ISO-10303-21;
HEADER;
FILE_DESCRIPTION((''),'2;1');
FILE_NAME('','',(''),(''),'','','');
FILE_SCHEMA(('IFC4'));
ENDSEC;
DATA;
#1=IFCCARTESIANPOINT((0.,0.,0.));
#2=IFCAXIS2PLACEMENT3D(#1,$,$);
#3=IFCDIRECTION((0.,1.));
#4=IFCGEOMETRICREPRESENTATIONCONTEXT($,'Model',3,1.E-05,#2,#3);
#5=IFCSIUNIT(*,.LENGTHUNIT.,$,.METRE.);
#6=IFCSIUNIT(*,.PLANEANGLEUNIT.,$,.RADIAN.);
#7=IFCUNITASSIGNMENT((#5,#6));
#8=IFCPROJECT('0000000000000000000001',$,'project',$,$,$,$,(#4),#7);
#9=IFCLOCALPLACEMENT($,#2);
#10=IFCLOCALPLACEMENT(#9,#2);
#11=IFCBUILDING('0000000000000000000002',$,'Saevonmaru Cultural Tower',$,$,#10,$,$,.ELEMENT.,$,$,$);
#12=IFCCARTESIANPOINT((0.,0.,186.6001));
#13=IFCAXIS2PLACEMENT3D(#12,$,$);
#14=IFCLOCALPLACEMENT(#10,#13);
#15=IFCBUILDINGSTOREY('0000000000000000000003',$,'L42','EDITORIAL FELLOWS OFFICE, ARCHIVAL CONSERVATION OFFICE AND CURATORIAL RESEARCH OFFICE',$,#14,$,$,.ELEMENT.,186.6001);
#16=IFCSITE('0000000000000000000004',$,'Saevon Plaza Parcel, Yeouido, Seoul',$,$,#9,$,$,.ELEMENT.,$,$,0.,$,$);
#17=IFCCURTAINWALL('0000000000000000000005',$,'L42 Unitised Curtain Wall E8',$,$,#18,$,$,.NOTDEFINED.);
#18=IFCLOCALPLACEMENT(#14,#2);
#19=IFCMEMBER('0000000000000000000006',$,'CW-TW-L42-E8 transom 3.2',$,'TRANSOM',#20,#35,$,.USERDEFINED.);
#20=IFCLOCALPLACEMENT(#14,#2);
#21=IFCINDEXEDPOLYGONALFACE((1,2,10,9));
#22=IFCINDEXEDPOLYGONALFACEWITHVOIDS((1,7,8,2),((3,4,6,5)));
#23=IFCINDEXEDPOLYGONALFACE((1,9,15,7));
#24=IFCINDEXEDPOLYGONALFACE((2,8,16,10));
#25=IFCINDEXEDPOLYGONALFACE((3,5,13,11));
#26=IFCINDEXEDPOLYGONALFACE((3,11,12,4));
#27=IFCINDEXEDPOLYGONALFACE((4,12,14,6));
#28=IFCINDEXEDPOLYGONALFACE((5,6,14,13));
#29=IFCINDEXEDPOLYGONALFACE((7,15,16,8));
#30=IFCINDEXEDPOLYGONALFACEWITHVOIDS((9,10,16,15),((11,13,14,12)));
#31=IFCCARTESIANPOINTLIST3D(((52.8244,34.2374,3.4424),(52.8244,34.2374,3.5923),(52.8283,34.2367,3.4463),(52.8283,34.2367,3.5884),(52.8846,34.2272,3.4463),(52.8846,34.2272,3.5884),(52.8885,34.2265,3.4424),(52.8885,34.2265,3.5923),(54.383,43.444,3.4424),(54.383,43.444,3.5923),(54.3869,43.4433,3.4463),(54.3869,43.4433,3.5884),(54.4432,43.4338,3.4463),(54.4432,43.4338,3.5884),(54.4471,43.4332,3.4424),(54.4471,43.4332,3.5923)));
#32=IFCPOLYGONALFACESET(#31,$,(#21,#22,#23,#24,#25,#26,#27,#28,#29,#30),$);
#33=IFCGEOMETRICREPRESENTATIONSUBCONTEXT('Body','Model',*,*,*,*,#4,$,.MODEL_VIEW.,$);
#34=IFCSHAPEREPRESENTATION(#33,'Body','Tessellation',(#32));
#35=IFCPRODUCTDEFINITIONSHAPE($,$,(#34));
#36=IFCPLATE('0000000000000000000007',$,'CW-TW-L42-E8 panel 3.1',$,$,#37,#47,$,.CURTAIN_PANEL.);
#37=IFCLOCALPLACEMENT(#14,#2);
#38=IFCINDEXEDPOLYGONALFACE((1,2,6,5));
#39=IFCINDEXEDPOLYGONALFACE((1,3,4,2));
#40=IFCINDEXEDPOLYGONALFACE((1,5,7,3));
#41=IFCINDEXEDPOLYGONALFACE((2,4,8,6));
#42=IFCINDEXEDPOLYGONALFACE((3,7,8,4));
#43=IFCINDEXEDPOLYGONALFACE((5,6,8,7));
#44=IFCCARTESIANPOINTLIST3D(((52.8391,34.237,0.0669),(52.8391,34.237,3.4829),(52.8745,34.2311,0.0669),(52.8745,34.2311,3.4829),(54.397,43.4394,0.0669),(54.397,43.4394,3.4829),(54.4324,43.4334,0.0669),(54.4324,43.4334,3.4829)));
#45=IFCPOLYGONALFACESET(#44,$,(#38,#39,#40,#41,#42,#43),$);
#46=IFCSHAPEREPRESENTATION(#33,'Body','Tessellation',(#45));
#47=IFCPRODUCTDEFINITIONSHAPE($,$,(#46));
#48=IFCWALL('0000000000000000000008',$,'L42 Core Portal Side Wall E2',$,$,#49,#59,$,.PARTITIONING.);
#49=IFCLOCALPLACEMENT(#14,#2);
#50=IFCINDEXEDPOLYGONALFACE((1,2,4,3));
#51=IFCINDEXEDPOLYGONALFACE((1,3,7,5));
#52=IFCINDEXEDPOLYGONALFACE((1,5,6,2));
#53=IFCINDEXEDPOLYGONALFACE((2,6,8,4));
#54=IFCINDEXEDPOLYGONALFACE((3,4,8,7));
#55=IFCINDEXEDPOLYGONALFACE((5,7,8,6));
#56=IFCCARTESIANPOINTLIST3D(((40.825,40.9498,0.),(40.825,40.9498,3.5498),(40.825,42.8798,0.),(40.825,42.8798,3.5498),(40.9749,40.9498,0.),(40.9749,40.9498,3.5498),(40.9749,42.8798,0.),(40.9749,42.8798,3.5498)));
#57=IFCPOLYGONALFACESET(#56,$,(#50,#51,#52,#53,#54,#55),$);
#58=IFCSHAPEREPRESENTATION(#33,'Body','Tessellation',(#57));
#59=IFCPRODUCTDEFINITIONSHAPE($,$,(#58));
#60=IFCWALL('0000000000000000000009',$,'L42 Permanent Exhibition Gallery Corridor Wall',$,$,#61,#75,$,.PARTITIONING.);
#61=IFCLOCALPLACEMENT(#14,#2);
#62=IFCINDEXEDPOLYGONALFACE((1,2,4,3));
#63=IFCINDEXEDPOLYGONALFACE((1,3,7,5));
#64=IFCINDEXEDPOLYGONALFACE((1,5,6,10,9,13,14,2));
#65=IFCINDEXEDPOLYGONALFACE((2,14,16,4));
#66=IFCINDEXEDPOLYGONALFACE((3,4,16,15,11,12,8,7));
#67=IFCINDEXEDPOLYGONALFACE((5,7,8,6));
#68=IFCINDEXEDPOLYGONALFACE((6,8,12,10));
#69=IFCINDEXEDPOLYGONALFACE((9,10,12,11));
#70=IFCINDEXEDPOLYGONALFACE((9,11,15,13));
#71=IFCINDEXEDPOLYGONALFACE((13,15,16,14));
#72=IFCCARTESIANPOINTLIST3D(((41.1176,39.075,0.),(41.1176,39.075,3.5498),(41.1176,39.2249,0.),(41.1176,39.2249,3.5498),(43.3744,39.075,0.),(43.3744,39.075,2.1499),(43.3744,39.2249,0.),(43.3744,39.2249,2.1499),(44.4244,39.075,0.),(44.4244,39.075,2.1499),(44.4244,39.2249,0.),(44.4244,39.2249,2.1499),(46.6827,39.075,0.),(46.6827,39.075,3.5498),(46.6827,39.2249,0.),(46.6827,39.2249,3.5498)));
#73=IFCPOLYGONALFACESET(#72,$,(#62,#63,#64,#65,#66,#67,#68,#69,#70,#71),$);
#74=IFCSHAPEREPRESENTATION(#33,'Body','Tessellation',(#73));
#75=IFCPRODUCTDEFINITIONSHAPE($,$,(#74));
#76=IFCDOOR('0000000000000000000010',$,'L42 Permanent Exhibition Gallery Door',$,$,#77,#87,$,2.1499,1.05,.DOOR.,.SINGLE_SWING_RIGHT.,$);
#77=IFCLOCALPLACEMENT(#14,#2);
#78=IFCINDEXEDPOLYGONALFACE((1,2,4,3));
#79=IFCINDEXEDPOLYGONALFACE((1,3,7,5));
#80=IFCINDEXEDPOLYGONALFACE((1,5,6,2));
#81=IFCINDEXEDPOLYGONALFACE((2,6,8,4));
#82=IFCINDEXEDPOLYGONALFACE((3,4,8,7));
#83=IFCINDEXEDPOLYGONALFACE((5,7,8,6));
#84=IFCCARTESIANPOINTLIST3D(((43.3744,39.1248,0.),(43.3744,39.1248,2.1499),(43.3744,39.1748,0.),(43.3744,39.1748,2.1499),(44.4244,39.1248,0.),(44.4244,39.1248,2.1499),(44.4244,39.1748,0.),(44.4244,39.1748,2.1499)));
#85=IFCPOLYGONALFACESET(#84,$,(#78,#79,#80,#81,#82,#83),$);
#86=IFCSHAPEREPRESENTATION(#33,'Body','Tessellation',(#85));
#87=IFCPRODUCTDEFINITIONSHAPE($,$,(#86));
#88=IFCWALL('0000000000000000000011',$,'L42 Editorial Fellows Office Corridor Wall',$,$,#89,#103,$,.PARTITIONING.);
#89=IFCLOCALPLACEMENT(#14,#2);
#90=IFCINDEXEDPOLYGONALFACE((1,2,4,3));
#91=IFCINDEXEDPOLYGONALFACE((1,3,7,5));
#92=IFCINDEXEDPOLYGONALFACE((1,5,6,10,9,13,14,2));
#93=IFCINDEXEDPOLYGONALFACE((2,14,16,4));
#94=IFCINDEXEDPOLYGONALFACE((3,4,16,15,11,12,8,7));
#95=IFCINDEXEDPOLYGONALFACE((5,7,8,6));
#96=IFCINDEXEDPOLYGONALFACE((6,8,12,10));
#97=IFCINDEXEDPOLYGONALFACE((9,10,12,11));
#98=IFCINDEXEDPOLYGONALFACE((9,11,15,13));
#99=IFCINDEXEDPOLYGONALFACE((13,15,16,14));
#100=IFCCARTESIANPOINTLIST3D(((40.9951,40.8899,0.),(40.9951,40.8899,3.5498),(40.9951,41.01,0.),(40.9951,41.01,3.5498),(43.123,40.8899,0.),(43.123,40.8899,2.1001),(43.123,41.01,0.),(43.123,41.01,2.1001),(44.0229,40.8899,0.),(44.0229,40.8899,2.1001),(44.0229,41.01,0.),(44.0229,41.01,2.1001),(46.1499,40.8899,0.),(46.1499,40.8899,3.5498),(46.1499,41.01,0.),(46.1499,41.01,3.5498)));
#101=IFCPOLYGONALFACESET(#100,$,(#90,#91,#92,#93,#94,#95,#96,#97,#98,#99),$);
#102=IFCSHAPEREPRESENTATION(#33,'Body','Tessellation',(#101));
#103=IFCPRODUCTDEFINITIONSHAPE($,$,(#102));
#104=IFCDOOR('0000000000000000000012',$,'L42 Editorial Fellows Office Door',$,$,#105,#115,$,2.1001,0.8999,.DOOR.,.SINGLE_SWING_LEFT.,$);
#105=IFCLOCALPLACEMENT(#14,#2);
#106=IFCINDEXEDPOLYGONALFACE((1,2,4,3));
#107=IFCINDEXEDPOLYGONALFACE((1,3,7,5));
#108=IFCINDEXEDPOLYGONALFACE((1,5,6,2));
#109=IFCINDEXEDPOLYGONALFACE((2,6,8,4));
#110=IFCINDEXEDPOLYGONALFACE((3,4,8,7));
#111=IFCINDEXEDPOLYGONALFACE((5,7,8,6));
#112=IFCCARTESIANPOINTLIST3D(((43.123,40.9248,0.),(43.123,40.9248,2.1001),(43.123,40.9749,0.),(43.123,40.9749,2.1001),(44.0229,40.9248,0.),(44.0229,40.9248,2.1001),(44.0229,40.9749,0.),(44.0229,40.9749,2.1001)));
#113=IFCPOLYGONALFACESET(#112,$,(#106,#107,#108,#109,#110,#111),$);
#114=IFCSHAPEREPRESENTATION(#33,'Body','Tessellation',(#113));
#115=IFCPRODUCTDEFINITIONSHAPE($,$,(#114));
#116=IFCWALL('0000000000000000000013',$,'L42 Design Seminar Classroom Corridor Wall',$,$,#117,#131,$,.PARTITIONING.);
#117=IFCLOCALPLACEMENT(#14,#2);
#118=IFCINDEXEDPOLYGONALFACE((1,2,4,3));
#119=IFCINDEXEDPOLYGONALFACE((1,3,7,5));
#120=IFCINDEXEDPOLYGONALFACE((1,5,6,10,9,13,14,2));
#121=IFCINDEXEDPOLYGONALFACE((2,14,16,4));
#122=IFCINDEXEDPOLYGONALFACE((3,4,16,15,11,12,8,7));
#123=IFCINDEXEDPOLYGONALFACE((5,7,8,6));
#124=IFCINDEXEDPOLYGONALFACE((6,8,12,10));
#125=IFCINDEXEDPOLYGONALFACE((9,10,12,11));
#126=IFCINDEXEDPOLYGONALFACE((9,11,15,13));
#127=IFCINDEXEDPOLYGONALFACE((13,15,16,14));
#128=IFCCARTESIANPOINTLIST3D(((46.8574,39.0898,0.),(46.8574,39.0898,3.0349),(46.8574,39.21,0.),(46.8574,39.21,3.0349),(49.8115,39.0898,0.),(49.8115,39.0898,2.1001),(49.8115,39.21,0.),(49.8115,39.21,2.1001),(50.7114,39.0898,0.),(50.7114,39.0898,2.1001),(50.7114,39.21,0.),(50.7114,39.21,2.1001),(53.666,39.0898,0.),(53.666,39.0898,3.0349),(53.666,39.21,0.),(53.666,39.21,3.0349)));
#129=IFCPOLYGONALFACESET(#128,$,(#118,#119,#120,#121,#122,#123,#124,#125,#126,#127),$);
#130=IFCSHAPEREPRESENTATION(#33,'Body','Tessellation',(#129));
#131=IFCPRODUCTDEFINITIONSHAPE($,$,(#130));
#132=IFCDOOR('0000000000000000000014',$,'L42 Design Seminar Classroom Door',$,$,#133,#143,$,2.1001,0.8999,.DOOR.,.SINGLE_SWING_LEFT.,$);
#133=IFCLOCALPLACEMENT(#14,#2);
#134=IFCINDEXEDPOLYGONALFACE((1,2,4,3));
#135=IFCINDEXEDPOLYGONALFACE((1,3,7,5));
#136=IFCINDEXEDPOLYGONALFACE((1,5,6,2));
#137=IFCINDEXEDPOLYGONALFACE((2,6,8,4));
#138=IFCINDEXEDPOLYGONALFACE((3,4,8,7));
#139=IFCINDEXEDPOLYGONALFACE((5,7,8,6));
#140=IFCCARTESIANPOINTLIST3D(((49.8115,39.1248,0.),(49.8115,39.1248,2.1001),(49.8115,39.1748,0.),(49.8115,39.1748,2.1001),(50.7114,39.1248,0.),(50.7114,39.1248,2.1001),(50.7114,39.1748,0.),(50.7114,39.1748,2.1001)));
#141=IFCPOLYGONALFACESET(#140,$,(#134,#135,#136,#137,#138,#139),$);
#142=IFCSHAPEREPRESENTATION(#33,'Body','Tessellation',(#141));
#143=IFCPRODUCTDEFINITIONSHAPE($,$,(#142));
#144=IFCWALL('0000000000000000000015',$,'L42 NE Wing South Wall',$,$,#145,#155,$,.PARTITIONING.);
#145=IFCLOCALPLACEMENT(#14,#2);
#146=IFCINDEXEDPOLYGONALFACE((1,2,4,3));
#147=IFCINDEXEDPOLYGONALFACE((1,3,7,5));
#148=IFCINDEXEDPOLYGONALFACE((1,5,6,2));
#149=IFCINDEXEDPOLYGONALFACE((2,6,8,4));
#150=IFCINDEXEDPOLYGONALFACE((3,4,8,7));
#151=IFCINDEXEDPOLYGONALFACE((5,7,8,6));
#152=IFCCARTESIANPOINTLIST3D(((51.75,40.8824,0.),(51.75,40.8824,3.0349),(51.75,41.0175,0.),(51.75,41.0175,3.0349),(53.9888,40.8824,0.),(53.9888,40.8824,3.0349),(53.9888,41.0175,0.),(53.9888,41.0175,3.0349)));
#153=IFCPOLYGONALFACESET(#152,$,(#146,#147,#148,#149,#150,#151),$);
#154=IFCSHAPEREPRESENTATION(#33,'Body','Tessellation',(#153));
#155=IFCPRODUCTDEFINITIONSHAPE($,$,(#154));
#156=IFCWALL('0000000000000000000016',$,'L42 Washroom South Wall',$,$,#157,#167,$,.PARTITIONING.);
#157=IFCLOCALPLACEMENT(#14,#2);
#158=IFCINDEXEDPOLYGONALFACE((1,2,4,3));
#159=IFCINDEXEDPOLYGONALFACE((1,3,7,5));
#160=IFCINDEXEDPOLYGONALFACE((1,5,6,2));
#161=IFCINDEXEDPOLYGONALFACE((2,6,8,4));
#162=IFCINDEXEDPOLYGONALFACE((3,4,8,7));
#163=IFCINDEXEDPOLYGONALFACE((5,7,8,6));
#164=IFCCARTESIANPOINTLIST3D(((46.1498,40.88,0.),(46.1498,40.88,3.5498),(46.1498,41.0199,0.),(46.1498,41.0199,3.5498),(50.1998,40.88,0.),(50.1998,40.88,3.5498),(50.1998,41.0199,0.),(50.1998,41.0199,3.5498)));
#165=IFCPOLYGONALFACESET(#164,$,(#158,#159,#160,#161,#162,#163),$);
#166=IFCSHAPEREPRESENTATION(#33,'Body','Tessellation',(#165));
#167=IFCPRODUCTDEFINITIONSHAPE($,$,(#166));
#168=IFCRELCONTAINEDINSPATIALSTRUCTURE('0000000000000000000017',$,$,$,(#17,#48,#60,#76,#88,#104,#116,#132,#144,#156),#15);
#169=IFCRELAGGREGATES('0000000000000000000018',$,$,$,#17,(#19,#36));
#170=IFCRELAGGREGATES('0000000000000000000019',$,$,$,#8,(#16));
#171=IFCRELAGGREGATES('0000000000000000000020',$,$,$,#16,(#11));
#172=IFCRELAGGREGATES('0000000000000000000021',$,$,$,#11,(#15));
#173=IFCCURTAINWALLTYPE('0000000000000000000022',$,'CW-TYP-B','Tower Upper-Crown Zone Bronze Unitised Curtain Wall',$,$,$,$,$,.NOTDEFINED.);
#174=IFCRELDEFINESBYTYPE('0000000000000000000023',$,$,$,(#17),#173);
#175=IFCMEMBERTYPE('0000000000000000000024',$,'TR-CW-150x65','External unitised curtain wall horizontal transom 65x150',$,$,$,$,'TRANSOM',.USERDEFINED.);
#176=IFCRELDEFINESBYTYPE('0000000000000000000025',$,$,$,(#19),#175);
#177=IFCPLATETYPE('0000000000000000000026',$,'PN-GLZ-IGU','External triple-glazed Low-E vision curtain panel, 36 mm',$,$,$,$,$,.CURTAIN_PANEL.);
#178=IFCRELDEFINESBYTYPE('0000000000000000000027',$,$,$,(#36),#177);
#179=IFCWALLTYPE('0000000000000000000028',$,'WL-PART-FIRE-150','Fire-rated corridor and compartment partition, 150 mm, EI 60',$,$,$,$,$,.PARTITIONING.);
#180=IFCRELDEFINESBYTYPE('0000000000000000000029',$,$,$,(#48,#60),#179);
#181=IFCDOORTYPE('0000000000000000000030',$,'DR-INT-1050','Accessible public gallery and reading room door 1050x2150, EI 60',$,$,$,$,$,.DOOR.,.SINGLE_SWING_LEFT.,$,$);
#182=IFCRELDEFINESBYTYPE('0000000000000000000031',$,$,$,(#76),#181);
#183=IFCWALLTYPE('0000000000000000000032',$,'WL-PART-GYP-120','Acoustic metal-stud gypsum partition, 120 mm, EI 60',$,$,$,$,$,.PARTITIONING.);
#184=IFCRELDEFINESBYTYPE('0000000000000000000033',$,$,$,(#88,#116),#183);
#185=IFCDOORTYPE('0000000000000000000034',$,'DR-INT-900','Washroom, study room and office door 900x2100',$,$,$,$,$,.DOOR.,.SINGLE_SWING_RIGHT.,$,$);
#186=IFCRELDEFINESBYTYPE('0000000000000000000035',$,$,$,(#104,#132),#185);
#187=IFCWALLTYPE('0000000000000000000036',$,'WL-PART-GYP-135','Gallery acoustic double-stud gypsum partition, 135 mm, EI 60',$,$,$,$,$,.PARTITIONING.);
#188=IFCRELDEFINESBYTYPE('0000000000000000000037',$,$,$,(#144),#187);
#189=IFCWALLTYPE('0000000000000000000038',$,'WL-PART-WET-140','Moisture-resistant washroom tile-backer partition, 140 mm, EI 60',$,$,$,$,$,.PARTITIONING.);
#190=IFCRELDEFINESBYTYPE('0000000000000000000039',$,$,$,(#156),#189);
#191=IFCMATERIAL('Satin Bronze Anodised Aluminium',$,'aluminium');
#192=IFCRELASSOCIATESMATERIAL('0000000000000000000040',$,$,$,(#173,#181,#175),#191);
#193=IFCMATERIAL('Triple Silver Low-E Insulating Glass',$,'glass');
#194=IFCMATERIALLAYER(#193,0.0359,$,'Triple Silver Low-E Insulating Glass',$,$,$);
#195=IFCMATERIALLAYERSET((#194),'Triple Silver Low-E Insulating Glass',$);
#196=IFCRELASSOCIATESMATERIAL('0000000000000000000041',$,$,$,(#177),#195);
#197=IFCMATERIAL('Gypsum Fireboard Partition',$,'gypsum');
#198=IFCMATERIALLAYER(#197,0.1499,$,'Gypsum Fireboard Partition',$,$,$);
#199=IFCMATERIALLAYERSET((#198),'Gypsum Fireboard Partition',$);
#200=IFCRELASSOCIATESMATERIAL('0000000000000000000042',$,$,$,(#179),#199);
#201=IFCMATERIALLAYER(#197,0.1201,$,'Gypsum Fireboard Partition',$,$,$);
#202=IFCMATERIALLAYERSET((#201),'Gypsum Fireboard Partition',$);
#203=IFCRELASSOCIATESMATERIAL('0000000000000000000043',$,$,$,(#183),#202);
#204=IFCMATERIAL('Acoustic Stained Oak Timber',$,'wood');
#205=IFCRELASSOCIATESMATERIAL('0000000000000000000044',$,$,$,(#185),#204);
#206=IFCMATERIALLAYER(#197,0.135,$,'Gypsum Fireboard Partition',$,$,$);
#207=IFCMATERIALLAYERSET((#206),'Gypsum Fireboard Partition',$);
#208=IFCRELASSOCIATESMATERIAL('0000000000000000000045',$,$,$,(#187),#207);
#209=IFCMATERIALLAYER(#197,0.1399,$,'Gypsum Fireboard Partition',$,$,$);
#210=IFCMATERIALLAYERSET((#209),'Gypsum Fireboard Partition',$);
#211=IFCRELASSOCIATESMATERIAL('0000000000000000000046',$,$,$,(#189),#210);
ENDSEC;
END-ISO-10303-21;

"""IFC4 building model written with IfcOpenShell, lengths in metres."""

from ifc_helpers import new_model, si_unit, direction, frame, frame_2d, origin, origin_2d, place, context, subcontext, project, spatial, rectangle, hollow_rectangle, extrude, material, layer, layer_set, material_profile, profile_set, type_object, element, fill, aggregate, save


model = new_model("IFC4")

# Units and contexts
model_context = context("Model", 3, precision=1e-05, world=origin(), true_north=direction((0.0, 1.0)))
body_context = subcontext(model_context, "Body", "Model", "MODEL_VIEW")
ifc_project = project(units=[si_unit("LENGTHUNIT", "METRE"), si_unit("PLANEANGLEUNIT", "RADIAN")], contexts=[model_context])

# Site, building, storey
site_placement = place(None, origin())
site = spatial("IfcSite", under=ifc_project, at=site_placement, Name="Saevon Plaza Parcel, Yeouido, Seoul", CompositionType="ELEMENT", RefElevation=0.0)
building_placement = place(site_placement, origin())
building = spatial("IfcBuilding", under=site, at=building_placement, Name="Saevonmaru Cultural Tower", CompositionType="ELEMENT")
storey_placement = place(building_placement, frame((0.0, 0.0, 186.6001)))
storey = spatial("IfcBuildingStorey", under=building, at=storey_placement, Name="L42", Description="EDITORIAL FELLOWS OFFICE, ARCHIVAL CONSERVATION OFFICE AND CURATORIAL RESEARCH OFFICE", CompositionType="ELEMENT", Elevation=186.6001)

# Curtain wall, member, plate
ifc_material_1 = material(Name="Satin Bronze Anodised Aluminium", Category="aluminium")
curtain_wall_type = type_object("IfcCurtainWallType", Name="CW-TYP-B", Description="Tower Upper-Crown Zone Bronze Unitised Curtain Wall", PredefinedType="NOTDEFINED", material=ifc_material_1)
curtain_wall_placement = place(storey_placement, origin())
curtain_wall = element("IfcCurtainWall", 1, at=curtain_wall_placement, inside=storey, type_object=curtain_wall_type, Name="L42 Unitised Curtain Wall E8", PredefinedType="NOTDEFINED")
ifc_material_profile_1 = material_profile(ifc_material_1, hollow_rectangle(XDim=0.0649, YDim=0.1499, WallThickness=0.0039, at=origin_2d()), Name="ALU-TRAN-150x65x4")
ifc_profile_set_1 = profile_set([ifc_material_profile_1], Name="Satin Bronze Anodised Aluminium")
member_type_1 = type_object("IfcMemberType", Name="TR-CW-150x65", Description="External unitised curtain wall horizontal transom 65x150", ElementType="TRANSOM", PredefinedType="USERDEFINED", material=ifc_profile_set_1)
member_1_placement = place(storey_placement, frame((52.8564, 34.2319, 3.5173), z_axis=(0.166917, 0.985971, 0.0), x_axis=(-0.985971, 0.166917, 0.0)))
member_1 = element("IfcMember", 2, at=member_1_placement, type_object=member_type_1, Name="CW-TW-L42-E8 transom 3.2", ObjectType="TRANSOM", PredefinedType="USERDEFINED", context=body_context, shape_type="SweptSolid", body=[
    extrude(hollow_rectangle(XDim=0.0649, YDim=0.1499, WallThickness=0.0039, at=origin_2d()), origin(), (0.0, 0.0, 1.0), 9.3376),
])
ifc_material_2 = material(Name="Triple Silver Low-E Insulating Glass", Category="glass")
ifc_layer_1 = layer(ifc_material_2, 0.0359, Name="Triple Silver Low-E Insulating Glass")
ifc_layer_set_1 = layer_set([ifc_layer_1], Name="Triple Silver Low-E Insulating Glass")
plate_type = type_object("IfcPlateType", Name="PN-GLZ-IGU", Description="External triple-glazed Low-E vision curtain panel, 36 mm", PredefinedType="CURTAIN_PANEL", material=ifc_layer_set_1)
plate_placement = place(storey_placement, frame((53.6357, 38.8352, 0.0669), z_axis=(0.0, 0.0, 1.0), x_axis=(0.166922, 0.98597, 0.0)))
plate = element("IfcPlate", 3, at=plate_placement, type_object=plate_type, Name="CW-TW-L42-E8 panel 3.1", PredefinedType="CURTAIN_PANEL", context=body_context, shape_type="SweptSolid", body=[
    extrude(rectangle(XDim=9.3333, YDim=0.0359, at=origin_2d()), origin(), (0.0, 0.0, 1.0), 3.416),
])
aggregate(curtain_wall, [member_1, plate])

# Shared definitions
ifc_material_3 = material(Name="Gypsum Fireboard Partition", Category="gypsum")
ifc_layer_2 = layer(ifc_material_3, 0.1499, Name="Gypsum Fireboard Partition")
ifc_layer_set_2 = layer_set([ifc_layer_2], Name="Gypsum Fireboard Partition")
wall_type_1 = type_object("IfcWallType", Name="WL-PART-FIRE-150", Description="Fire-rated corridor and compartment partition, 150 mm, EI 60", PredefinedType="PARTITIONING", material=ifc_layer_set_2)
door_type_1 = type_object("IfcDoorType", Name="DR-INT-1050", Description="Accessible public gallery and reading room door 1050x2150, EI 60", OperationType="SINGLE_SWING_LEFT", PredefinedType="DOOR", material=ifc_material_1)

# Wall
wall_1_placement = place(storey_placement, frame((40.8999, 40.95, 0.0), z_axis=(0.0, 0.0, 1.0), x_axis=(0.0, 1.0, 0.0)))
element("IfcWall", 4, at=wall_1_placement, inside=storey, type_object=wall_type_1, Name="L42 Core Portal Side Wall E2", PredefinedType="PARTITIONING", context=body_context, shape_type="SweptSolid", body=[
    extrude(rectangle(XDim=1.9299, YDim=0.1499, at=frame_2d((0.9648, 0.0))), origin(), (0.0, 0.0, 1.0), 3.5498),
])

# Walls, openings, doors
wall_2_placement = place(storey_placement, frame((41.1174, 39.1499, 0.0), z_axis=(0.0, 0.0, 1.0), x_axis=(1.0, 0.0, 0.0)))
wall_2 = element("IfcWall", 5, at=wall_2_placement, inside=storey, type_object=wall_type_1, Name="L42 Permanent Exhibition Gallery Corridor Wall", PredefinedType="PARTITIONING", context=body_context, shape_type="SweptSolid", body=[
    extrude(rectangle(XDim=5.5652, YDim=0.1499, at=frame_2d((2.7827, 0.0))), origin(), (0.0, 0.0, 1.0), 3.5498),
])
opening_1_placement = place(wall_2_placement, frame((2.2571, 0.0, 0.0)))
opening_1 = element("IfcOpeningElement", 6, at=opening_1_placement, cuts=wall_2, PredefinedType="OPENING", context=body_context, shape_type="SweptSolid", body=[
    extrude(rectangle(XDim=1.05, YDim=2.1499, at=frame_2d((0.5249, 1.075))), frame((0.0, 0.085, 0.0), z_axis=(0.0, -1.0, 0.0), x_axis=(1.0, 0.0, 0.0)), (0.0, 0.0, 1.0), 0.1699),
])
door_1_placement = place(opening_1_placement, origin())
door_1 = element("IfcDoor", 7, at=door_1_placement, inside=storey, type_object=door_type_1, Name="L42 Permanent Exhibition Gallery Door", OperationType="SINGLE_SWING_RIGHT", OverallHeight=2.1499, OverallWidth=1.05, PredefinedType="DOOR", context=body_context, shape_type="SweptSolid", body=[
    extrude(rectangle(XDim=1.05, YDim=2.1499, at=frame_2d((0.5249, 1.075))), frame((0.0, 0.0249, 0.0), z_axis=(0.0, -1.0, 0.0), x_axis=(1.0, 0.0, 0.0)), (0.0, 0.0, 1.0), 0.05),
])
fill(opening_1, door_1)
ifc_layer_3 = layer(ifc_material_3, 0.1201, Name="Gypsum Fireboard Partition")
ifc_layer_set_3 = layer_set([ifc_layer_3], Name="Gypsum Fireboard Partition")
wall_type_2 = type_object("IfcWallType", Name="WL-PART-GYP-120", Description="Acoustic metal-stud gypsum partition, 120 mm, EI 60", PredefinedType="PARTITIONING", material=ifc_layer_set_3)
wall_3_placement = place(storey_placement, frame((40.9951, 40.95, 0.0), z_axis=(0.0, 0.0, 1.0), x_axis=(1.0, 0.0, 0.0)))
wall_3 = element("IfcWall", 8, at=wall_3_placement, inside=storey, type_object=wall_type_2, Name="L42 Editorial Fellows Office Corridor Wall", PredefinedType="PARTITIONING", context=body_context, shape_type="SweptSolid", body=[
    extrude(rectangle(XDim=5.1548, YDim=0.1201, at=frame_2d((2.5774, 0.0))), origin(), (0.0, 0.0, 1.0), 3.5498),
])
opening_2_placement = place(wall_3_placement, frame((2.1279, 0.0, 0.0)))
opening_2 = element("IfcOpeningElement", 9, at=opening_2_placement, cuts=wall_3, PredefinedType="OPENING", context=body_context, shape_type="SweptSolid", body=[
    extrude(rectangle(XDim=0.8999, YDim=2.1001, at=frame_2d((0.45, 1.05))), frame((0.0, 0.0701, 0.0), z_axis=(0.0, -1.0, 0.0), x_axis=(1.0, 0.0, 0.0)), (0.0, 0.0, 1.0), 0.1401),
])
ifc_material_4 = material(Name="Acoustic Stained Oak Timber", Category="wood")
door_type_2 = type_object("IfcDoorType", Name="DR-INT-900", Description="Washroom, study room and office door 900x2100", OperationType="SINGLE_SWING_RIGHT", PredefinedType="DOOR", material=ifc_material_4)
door_2_placement = place(opening_2_placement, origin())
door_2 = element("IfcDoor", 10, at=door_2_placement, inside=storey, type_object=door_type_2, Name="L42 Editorial Fellows Office Door", OperationType="SINGLE_SWING_LEFT", OverallHeight=2.1001, OverallWidth=0.8999, PredefinedType="DOOR", context=body_context, shape_type="SweptSolid", body=[
    extrude(rectangle(XDim=0.8999, YDim=2.1001, at=frame_2d((0.45, 1.05))), frame((0.0, 0.0249, 0.0), z_axis=(0.0, -1.0, 0.0), x_axis=(1.0, 0.0, 0.0)), (0.0, 0.0, 1.0), 0.05),
])
fill(opening_2, door_2)
wall_4_placement = place(storey_placement, frame((46.8574, 39.1499, 0.0), z_axis=(0.0, 0.0, 1.0), x_axis=(1.0, 0.0, 0.0)))
wall_4 = element("IfcWall", 11, at=wall_4_placement, inside=storey, type_object=wall_type_2, Name="L42 Design Seminar Classroom Corridor Wall", PredefinedType="PARTITIONING", context=body_context, shape_type="SweptSolid", body=[
    extrude(rectangle(XDim=6.8086, YDim=0.1201, at=frame_2d((3.4043, 0.0))), origin(), (0.0, 0.0, 1.0), 3.0349),
])
opening_3_placement = place(wall_4_placement, frame((2.9541, 0.0, 0.0)))
opening_3 = element("IfcOpeningElement", 12, at=opening_3_placement, cuts=wall_4, PredefinedType="OPENING", context=body_context, shape_type="SweptSolid", body=[
    extrude(rectangle(XDim=0.8999, YDim=2.1001, at=frame_2d((0.45, 1.05))), frame((0.0, 0.0701, 0.0), z_axis=(0.0, -1.0, 0.0), x_axis=(1.0, 0.0, 0.0)), (0.0, 0.0, 1.0), 0.1401),
])
door_3_placement = place(opening_3_placement, origin())
door_3 = element("IfcDoor", 13, at=door_3_placement, inside=storey, type_object=door_type_2, Name="L42 Design Seminar Classroom Door", OperationType="SINGLE_SWING_LEFT", OverallHeight=2.1001, OverallWidth=0.8999, PredefinedType="DOOR", context=body_context, shape_type="SweptSolid", body=[
    extrude(rectangle(XDim=0.8999, YDim=2.1001, at=frame_2d((0.45, 1.05))), frame((0.0, 0.0249, 0.0), z_axis=(0.0, -1.0, 0.0), x_axis=(1.0, 0.0, 0.0)), (0.0, 0.0, 1.0), 0.05),
])
fill(opening_3, door_3)

# Walls
ifc_layer_4 = layer(ifc_material_3, 0.135, Name="Gypsum Fireboard Partition")
ifc_layer_set_4 = layer_set([ifc_layer_4], Name="Gypsum Fireboard Partition")
wall_type_3 = type_object("IfcWallType", Name="WL-PART-GYP-135", Description="Gallery acoustic double-stud gypsum partition, 135 mm, EI 60", PredefinedType="PARTITIONING", material=ifc_layer_set_4)
wall_5_placement = place(storey_placement, frame((51.75, 40.95, 0.0), z_axis=(0.0, 0.0, 1.0), x_axis=(1.0, 0.0, 0.0)))
element("IfcWall", 14, at=wall_5_placement, inside=storey, type_object=wall_type_3, Name="L42 NE Wing South Wall", PredefinedType="PARTITIONING", context=body_context, shape_type="SweptSolid", body=[
    extrude(rectangle(XDim=2.2388, YDim=0.135, at=frame_2d((1.1194, 0.0))), origin(), (0.0, 0.0, 1.0), 3.0349),
])
ifc_layer_5 = layer(ifc_material_3, 0.1399, Name="Gypsum Fireboard Partition")
ifc_layer_set_5 = layer_set([ifc_layer_5], Name="Gypsum Fireboard Partition")
wall_type_4 = type_object("IfcWallType", Name="WL-PART-WET-140", Description="Moisture-resistant washroom tile-backer partition, 140 mm, EI 60", PredefinedType="PARTITIONING", material=ifc_layer_set_5)
wall_6_placement = place(storey_placement, frame((46.1499, 40.95, 0.0), z_axis=(0.0, 0.0, 1.0), x_axis=(1.0, 0.0, 0.0)))
element("IfcWall", 15, at=wall_6_placement, inside=storey, type_object=wall_type_4, Name="L42 Washroom South Wall", PredefinedType="PARTITIONING", context=body_context, shape_type="SweptSolid", body=[
    extrude(rectangle(XDim=4.05, YDim=0.1399, at=frame_2d((2.0249, 0.0))), origin(), (0.0, 0.0, 1.0), 3.5498),
])

save(model, "model.ifc")
